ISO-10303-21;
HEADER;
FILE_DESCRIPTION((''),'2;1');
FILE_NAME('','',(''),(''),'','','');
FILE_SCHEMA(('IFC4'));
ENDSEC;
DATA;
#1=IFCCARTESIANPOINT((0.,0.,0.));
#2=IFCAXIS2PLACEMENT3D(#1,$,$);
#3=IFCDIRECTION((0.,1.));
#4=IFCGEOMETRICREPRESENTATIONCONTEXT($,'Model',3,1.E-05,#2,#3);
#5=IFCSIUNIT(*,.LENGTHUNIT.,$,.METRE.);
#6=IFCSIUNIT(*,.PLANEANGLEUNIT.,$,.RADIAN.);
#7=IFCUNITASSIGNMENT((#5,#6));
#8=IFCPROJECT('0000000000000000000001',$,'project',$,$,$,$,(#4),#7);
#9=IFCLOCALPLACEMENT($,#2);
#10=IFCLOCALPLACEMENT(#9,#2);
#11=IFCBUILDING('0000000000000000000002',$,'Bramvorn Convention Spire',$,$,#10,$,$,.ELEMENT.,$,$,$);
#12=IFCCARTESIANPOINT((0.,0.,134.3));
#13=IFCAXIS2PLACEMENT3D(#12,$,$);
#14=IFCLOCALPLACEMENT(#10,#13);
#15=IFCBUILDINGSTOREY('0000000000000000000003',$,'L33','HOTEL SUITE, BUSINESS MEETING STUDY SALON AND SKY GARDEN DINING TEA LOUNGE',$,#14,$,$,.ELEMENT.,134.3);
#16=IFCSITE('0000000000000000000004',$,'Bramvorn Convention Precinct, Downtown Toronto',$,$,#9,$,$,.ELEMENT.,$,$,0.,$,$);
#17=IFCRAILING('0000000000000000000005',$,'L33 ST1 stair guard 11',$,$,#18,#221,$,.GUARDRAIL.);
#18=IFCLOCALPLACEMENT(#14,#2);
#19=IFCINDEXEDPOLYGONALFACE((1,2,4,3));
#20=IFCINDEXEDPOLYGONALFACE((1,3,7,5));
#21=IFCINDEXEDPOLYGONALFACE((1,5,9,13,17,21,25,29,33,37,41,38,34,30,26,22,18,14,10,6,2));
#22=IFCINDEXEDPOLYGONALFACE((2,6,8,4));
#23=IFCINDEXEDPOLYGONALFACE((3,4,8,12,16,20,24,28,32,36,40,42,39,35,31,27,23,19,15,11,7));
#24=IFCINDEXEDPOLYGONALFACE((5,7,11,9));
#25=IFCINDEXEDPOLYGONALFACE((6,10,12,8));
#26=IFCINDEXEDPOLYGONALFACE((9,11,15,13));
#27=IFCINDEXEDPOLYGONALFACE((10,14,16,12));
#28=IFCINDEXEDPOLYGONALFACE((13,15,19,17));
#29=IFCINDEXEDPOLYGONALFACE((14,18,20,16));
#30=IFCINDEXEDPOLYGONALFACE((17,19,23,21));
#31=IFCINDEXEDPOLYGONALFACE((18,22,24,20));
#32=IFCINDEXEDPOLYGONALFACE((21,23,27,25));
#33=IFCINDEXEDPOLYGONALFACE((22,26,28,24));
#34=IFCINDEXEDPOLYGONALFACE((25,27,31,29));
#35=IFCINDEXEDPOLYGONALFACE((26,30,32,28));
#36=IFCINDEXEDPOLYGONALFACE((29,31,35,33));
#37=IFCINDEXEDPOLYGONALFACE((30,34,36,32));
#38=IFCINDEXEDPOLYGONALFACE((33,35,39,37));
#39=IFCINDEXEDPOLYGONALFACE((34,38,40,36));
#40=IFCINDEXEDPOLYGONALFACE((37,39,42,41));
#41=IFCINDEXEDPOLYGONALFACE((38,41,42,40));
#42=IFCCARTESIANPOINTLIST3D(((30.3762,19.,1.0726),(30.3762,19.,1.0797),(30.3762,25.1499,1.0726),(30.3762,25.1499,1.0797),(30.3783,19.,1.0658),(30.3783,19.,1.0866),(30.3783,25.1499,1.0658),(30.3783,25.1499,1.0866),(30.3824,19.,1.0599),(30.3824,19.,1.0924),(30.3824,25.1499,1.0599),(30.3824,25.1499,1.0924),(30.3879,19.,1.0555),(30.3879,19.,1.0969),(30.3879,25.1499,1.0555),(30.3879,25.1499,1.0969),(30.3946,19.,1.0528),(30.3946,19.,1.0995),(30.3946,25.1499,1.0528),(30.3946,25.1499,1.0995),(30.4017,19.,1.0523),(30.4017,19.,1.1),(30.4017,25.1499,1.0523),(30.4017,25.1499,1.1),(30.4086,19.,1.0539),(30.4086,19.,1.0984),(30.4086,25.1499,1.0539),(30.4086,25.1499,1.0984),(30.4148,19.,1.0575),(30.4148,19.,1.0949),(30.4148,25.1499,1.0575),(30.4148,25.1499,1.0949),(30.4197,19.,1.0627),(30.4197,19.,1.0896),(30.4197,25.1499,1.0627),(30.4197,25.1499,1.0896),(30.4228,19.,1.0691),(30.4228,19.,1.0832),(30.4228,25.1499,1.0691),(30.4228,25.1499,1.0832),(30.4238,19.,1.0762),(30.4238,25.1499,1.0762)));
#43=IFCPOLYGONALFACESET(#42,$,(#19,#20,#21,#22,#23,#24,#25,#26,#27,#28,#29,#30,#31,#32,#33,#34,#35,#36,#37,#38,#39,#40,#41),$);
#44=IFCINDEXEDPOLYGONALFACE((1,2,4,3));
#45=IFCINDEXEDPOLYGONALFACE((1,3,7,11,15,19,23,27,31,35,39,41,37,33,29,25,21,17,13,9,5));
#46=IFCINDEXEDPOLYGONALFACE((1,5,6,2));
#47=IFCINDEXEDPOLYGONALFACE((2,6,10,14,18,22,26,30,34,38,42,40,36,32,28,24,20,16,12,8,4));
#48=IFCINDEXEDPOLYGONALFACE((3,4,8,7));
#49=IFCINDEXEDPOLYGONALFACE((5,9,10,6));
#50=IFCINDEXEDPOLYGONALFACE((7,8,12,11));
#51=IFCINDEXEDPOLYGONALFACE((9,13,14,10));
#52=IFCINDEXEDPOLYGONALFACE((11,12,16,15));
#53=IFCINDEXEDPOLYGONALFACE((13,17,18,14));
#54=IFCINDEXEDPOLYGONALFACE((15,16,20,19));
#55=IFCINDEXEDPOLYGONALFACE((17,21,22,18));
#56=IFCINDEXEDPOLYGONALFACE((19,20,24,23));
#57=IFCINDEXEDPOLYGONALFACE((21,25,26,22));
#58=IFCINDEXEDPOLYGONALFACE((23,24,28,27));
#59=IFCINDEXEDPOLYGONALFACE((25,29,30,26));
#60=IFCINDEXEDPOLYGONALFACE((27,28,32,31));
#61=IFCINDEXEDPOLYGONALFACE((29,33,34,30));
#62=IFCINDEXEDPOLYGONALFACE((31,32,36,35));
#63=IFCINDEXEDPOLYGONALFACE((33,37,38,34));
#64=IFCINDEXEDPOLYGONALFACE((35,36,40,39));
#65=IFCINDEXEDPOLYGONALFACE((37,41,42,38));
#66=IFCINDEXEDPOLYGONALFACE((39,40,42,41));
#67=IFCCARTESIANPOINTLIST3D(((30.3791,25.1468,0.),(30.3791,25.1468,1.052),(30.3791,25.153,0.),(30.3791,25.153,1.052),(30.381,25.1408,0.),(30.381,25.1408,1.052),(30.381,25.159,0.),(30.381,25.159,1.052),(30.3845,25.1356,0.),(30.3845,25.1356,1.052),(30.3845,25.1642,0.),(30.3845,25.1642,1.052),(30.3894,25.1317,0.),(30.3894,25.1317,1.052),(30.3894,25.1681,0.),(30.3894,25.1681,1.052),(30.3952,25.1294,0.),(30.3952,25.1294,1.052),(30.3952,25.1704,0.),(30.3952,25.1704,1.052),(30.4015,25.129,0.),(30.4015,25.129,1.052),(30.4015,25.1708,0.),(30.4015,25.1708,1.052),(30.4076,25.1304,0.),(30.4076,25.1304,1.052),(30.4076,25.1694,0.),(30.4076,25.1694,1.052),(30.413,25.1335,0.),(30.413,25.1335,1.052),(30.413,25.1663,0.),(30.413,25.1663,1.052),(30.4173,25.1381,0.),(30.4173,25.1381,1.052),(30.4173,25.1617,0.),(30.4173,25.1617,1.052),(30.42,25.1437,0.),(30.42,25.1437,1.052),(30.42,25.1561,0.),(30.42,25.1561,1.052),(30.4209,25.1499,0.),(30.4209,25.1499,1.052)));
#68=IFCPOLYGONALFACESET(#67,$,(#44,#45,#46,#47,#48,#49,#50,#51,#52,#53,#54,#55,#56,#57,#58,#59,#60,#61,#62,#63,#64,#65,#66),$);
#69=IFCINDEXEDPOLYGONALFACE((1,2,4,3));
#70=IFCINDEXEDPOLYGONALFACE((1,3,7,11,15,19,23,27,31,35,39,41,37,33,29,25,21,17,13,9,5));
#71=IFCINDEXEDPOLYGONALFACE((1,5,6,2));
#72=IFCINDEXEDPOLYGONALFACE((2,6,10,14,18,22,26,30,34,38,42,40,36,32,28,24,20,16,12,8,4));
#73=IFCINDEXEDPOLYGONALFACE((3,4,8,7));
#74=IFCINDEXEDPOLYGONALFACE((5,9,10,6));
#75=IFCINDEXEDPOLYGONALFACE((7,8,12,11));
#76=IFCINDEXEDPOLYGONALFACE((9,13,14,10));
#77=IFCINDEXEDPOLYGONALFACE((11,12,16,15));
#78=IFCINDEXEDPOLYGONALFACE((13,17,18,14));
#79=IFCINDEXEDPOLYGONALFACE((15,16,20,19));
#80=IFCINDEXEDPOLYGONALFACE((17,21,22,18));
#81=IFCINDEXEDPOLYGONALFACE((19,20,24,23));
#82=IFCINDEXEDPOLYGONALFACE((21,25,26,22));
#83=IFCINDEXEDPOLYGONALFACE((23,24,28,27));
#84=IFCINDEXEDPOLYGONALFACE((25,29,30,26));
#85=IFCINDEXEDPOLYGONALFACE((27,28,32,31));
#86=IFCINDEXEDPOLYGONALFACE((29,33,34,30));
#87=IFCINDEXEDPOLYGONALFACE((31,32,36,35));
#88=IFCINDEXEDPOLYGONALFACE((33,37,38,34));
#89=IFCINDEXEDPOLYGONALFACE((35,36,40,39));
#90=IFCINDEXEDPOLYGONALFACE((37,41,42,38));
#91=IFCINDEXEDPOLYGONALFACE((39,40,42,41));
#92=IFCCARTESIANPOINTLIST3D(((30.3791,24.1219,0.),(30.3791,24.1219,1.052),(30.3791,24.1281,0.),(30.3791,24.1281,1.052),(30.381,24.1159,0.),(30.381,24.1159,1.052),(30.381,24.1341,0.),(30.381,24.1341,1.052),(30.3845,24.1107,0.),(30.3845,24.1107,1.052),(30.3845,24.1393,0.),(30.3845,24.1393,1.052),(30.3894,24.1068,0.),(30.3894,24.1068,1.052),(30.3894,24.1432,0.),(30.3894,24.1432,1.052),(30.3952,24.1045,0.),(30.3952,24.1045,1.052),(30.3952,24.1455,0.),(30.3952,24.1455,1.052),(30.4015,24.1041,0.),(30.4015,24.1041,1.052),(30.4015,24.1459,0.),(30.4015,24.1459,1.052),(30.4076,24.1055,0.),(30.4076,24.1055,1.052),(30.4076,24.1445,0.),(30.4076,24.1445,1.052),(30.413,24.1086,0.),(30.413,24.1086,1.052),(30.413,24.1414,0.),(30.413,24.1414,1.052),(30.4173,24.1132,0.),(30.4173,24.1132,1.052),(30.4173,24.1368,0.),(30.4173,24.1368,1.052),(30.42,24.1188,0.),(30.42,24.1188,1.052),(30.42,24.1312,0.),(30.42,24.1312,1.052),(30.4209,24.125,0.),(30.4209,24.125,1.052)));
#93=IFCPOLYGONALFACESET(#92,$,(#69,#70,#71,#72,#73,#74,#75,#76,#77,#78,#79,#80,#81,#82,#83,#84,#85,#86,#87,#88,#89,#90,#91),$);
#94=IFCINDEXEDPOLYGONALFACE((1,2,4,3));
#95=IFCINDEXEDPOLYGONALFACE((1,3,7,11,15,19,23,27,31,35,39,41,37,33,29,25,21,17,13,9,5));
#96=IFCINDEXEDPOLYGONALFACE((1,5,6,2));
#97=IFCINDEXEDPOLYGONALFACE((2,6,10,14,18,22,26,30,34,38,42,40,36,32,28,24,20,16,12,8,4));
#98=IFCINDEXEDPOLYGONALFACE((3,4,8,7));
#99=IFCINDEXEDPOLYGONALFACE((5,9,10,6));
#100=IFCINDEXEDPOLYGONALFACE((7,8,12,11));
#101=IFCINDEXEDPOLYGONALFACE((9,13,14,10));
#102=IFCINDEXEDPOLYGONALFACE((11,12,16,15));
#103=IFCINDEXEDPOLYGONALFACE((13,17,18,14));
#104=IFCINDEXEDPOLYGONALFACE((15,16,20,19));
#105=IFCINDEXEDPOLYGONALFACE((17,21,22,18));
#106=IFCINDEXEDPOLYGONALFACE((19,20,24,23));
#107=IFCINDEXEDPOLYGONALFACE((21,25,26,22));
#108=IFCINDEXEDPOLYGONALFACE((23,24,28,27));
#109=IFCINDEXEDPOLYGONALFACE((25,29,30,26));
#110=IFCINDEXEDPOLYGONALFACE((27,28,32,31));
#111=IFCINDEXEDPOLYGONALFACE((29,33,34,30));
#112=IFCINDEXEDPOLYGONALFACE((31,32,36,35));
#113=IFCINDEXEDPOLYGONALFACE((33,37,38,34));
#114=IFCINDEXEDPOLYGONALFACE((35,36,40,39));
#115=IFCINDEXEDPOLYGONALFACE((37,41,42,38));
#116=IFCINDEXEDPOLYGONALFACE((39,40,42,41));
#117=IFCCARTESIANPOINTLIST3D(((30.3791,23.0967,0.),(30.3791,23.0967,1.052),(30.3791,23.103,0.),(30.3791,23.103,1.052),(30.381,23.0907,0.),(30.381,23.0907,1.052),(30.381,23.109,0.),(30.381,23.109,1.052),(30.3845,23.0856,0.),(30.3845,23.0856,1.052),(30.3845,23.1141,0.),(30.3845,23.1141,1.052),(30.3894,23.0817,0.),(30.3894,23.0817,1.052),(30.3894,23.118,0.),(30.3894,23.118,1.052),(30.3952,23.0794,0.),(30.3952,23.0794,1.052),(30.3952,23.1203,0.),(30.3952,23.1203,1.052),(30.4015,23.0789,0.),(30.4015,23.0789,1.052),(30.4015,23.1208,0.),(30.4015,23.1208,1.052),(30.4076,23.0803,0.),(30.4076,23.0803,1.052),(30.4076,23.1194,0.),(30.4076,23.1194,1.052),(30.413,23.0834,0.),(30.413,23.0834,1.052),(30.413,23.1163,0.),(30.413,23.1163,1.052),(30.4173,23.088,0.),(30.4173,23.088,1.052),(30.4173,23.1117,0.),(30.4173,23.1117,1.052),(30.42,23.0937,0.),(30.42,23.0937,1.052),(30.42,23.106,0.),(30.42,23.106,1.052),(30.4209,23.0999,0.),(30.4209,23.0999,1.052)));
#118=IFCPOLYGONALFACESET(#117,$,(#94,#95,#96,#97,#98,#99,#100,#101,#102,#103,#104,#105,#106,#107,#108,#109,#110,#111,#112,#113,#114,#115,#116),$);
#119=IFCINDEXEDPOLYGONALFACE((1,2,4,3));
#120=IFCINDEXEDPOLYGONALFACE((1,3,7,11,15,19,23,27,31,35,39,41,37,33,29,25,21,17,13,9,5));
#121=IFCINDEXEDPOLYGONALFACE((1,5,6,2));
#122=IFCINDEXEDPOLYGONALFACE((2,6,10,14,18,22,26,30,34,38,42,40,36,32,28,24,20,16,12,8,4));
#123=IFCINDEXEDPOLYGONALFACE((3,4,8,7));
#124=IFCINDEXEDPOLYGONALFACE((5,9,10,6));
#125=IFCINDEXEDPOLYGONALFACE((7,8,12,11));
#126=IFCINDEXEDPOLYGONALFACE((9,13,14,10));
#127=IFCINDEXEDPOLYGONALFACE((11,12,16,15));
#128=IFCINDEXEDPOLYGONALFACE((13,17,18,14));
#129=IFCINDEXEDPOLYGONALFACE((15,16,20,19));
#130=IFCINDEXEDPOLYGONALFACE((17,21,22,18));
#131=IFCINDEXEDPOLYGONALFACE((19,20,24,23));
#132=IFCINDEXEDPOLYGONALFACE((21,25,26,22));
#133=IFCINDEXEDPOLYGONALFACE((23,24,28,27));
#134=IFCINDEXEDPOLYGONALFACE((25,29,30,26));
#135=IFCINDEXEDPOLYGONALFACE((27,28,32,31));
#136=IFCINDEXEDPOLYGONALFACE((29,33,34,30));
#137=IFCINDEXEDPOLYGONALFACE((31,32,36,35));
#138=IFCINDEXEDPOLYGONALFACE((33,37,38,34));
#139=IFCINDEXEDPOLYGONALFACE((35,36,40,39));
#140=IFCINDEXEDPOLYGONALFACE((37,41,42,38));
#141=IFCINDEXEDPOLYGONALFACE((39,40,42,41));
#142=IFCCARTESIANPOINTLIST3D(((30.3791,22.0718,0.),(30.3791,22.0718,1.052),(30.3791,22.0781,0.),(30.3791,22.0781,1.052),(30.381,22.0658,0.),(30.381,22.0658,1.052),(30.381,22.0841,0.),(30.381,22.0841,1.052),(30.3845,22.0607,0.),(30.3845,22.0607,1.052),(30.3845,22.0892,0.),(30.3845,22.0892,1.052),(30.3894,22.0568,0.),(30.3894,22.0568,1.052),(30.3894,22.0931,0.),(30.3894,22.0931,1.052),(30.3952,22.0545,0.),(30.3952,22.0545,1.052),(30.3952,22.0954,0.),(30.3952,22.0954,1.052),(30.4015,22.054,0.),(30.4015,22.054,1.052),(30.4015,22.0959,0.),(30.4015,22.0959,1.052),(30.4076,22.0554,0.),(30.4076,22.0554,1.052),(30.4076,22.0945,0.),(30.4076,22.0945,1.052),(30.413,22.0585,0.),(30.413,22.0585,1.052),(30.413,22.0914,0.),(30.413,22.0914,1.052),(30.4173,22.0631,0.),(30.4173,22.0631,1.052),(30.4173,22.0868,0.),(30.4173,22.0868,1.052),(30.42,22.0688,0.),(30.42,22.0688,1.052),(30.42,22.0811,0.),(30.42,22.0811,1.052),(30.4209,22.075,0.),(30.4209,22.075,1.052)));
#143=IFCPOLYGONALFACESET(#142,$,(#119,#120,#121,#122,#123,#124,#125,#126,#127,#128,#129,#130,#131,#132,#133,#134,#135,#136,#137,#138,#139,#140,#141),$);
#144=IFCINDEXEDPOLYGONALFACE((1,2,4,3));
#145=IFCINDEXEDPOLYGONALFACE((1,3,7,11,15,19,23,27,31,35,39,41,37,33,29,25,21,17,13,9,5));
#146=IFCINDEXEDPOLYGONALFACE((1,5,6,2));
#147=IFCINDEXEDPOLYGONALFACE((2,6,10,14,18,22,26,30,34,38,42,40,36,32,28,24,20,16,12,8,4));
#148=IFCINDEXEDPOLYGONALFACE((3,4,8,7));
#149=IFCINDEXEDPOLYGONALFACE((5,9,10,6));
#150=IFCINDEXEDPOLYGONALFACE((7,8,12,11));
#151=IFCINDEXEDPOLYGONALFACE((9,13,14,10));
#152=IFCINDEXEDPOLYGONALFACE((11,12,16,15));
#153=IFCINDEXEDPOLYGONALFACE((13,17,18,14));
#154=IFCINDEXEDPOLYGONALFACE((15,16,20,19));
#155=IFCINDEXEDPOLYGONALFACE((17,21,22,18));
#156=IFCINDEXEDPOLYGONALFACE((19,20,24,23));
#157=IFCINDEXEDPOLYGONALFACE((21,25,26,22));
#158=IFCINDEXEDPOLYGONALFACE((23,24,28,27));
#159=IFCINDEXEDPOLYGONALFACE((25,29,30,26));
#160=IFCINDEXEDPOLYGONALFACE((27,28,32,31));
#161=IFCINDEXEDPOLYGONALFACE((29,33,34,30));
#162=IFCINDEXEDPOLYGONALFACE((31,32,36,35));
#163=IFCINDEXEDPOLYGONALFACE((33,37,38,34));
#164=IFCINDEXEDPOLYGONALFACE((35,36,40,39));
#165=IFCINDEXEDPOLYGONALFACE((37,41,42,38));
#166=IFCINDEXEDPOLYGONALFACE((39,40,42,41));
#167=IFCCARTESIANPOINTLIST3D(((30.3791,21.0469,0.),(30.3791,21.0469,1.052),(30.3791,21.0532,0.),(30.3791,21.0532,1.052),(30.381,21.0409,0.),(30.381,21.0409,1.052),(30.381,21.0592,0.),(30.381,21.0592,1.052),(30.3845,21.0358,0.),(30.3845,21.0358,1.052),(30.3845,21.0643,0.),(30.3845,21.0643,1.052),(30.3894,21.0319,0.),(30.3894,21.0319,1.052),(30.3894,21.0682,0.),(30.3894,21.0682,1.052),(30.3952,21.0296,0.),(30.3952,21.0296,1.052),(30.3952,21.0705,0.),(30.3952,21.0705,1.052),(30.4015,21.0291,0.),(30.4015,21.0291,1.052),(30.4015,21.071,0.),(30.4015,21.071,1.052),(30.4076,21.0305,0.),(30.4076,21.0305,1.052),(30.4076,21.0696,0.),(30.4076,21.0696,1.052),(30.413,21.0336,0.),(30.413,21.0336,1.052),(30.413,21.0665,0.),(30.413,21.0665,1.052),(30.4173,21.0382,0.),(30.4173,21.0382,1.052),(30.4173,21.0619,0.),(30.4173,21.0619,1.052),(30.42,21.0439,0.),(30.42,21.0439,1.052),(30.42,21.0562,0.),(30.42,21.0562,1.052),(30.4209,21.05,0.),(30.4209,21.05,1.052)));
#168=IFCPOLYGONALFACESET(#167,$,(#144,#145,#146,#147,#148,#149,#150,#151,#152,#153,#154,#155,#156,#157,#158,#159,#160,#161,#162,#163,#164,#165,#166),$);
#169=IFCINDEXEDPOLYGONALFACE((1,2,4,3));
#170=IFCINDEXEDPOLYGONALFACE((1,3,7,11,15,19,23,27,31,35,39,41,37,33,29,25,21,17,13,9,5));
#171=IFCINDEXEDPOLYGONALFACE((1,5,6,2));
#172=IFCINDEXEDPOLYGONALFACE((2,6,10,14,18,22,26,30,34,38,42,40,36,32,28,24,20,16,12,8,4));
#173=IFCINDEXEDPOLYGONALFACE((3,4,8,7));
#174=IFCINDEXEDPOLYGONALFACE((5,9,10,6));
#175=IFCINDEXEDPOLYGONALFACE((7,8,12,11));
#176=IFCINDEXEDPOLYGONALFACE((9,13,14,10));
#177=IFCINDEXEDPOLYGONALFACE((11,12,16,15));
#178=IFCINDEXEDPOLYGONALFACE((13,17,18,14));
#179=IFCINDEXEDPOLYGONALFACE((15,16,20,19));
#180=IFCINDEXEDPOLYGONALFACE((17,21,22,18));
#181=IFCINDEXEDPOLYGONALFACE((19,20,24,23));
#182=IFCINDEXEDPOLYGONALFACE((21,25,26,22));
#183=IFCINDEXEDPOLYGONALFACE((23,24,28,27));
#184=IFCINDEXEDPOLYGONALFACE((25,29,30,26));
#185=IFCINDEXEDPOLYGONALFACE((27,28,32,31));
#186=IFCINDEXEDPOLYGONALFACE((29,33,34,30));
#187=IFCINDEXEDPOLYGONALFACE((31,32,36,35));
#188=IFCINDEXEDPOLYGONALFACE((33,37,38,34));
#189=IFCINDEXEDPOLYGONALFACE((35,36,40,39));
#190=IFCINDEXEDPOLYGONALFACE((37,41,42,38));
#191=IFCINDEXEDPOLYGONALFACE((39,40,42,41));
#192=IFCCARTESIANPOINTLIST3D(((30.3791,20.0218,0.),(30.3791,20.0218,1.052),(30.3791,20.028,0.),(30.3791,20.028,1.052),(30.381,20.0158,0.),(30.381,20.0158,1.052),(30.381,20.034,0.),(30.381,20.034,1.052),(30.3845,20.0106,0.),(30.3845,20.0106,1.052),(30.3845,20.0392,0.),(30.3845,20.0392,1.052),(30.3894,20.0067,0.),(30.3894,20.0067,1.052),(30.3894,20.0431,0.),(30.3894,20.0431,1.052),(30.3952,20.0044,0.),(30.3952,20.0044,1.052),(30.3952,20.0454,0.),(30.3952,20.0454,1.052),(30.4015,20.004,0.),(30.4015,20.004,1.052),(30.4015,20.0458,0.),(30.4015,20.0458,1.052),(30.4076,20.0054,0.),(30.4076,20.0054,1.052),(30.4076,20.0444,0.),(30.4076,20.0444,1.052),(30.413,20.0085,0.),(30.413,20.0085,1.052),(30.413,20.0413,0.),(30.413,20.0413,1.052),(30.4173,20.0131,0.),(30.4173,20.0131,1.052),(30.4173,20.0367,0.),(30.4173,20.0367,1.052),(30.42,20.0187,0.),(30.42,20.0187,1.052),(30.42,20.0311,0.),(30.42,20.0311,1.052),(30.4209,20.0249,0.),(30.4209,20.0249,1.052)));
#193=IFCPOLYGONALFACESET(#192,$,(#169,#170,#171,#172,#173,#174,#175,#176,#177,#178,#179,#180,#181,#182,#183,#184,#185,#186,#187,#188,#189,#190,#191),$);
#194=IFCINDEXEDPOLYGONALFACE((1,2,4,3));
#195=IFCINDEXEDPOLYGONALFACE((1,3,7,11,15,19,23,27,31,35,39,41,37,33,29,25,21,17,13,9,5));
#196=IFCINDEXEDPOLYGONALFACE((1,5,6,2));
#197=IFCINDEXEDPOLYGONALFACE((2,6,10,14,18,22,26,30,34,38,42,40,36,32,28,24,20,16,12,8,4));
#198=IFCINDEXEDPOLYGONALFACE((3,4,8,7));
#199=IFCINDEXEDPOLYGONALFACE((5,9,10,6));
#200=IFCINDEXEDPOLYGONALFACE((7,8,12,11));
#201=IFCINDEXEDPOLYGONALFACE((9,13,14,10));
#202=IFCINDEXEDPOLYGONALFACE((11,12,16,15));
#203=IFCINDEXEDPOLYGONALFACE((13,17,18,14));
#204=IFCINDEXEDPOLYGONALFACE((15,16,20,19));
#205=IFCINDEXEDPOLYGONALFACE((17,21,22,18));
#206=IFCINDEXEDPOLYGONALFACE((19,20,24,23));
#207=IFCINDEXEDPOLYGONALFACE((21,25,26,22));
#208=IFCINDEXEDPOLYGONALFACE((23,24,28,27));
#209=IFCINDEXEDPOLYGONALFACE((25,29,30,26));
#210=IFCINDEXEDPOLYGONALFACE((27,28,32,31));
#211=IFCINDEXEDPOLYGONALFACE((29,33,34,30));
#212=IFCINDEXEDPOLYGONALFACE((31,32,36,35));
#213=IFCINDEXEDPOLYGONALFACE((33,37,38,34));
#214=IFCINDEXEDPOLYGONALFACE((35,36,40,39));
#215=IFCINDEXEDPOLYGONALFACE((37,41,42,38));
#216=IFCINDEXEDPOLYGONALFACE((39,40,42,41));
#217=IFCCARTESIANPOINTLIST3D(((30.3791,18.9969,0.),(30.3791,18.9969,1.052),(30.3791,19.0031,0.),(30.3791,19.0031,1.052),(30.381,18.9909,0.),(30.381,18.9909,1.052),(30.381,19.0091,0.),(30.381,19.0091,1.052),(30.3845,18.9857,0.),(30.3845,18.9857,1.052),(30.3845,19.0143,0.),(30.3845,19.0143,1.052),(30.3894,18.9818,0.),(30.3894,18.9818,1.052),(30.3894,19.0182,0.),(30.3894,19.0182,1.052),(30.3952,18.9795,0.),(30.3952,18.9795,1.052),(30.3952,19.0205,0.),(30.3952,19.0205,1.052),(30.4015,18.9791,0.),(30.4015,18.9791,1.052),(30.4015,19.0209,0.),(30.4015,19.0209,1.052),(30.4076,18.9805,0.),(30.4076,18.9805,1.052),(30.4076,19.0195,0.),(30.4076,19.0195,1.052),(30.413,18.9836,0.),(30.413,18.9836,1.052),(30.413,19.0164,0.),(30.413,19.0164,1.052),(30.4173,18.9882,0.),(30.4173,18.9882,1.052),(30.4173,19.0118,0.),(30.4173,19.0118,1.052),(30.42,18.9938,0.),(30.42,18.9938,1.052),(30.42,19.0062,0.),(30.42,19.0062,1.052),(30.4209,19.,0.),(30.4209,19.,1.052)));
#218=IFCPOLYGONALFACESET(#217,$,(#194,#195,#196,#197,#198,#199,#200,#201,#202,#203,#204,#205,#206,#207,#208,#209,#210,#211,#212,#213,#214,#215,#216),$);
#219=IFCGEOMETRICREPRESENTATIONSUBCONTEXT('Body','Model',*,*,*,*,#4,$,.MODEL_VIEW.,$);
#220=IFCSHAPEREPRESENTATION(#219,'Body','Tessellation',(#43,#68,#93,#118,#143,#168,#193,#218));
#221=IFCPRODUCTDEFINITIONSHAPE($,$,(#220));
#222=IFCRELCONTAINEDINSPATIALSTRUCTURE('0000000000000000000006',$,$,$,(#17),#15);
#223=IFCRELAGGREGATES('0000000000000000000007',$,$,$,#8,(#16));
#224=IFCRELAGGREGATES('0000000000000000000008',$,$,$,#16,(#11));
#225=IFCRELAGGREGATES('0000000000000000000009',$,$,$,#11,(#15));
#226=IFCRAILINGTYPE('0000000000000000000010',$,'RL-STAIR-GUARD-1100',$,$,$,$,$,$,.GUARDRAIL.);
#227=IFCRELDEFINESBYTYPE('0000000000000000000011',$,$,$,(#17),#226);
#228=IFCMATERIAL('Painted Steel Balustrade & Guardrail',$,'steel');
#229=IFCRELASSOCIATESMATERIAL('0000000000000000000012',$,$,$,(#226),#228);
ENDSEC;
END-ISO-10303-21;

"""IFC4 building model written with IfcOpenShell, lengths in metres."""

from ifc_helpers import new_model, si_unit, direction, frame, origin, origin_2d, place, context, subcontext, project, spatial, circle, extrude, material, type_object, element, save


model = new_model("IFC4")

# Units and contexts
model_context = context("Model", 3, precision=1e-05, world=origin(), true_north=direction((0.0, 1.0)))
body_context = subcontext(model_context, "Body", "Model", "MODEL_VIEW")
ifc_project = project(units=[si_unit("LENGTHUNIT", "METRE"), si_unit("PLANEANGLEUNIT", "RADIAN")], contexts=[model_context])

# Site, building, storey
site_placement = place(None, origin())
site = spatial("IfcSite", under=ifc_project, at=site_placement, Name="Bramvorn Convention Precinct, Downtown Toronto", CompositionType="ELEMENT", RefElevation=0.0)
building_placement = place(site_placement, origin())
building = spatial("IfcBuilding", under=site, at=building_placement, Name="Bramvorn Convention Spire", CompositionType="ELEMENT")
storey_placement = place(building_placement, frame((0.0, 0.0, 134.3)))
storey = spatial("IfcBuildingStorey", under=building, at=storey_placement, Name="L33", Description="HOTEL SUITE, BUSINESS MEETING STUDY SALON AND SKY GARDEN DINING TEA LOUNGE", CompositionType="ELEMENT", Elevation=134.3)

# Railing
ifc_material_1 = material(Name="Painted Steel Balustrade & Guardrail", Category="steel")
railing_type_1 = type_object("IfcRailingType", Name="RL-STAIR-GUARD-1100", PredefinedType="GUARDRAIL", material=ifc_material_1)
railing_1_placement = place(storey_placement, frame((30.3999, 25.1499, 0.0)))
element("IfcRailing", 1, at=railing_1_placement, inside=storey, type_object=railing_type_1, Name="L33 ST1 stair guard 11", PredefinedType="GUARDRAIL", context=body_context, shape_type="SweptSolid", body=[
    extrude(circle(Radius=0.0239, at=origin_2d()), frame((0.0, 0.0, 1.0762), z_axis=(0.0, -1.0, 0.0), x_axis=(1.0, 0.0, 0.0)), (0.0, 0.0, 1.0), 6.1499),
    extrude(circle(Radius=0.021, at=origin_2d()), origin(), (0.0, 0.0, 1.0), 1.052),
    extrude(circle(Radius=0.021, at=origin_2d()), frame((0.0, -1.0249, 0.0)), (0.0, 0.0, 1.0), 1.052),
    extrude(circle(Radius=0.021, at=origin_2d()), frame((0.0, -2.05, 0.0)), (0.0, 0.0, 1.0), 1.052),
    extrude(circle(Radius=0.021, at=origin_2d()), frame((0.0, -3.075, 0.0)), (0.0, 0.0, 1.0), 1.052),
    extrude(circle(Radius=0.021, at=origin_2d()), frame((0.0, -4.0999, 0.0)), (0.0, 0.0, 1.0), 1.052),
    extrude(circle(Radius=0.021, at=origin_2d()), frame((0.0, -5.125, 0.0)), (0.0, 0.0, 1.0), 1.052),
    extrude(circle(Radius=0.021, at=origin_2d()), frame((0.0, -6.1499, 0.0)), (0.0, 0.0, 1.0), 1.052),
])

save(model, "model.ifc")
